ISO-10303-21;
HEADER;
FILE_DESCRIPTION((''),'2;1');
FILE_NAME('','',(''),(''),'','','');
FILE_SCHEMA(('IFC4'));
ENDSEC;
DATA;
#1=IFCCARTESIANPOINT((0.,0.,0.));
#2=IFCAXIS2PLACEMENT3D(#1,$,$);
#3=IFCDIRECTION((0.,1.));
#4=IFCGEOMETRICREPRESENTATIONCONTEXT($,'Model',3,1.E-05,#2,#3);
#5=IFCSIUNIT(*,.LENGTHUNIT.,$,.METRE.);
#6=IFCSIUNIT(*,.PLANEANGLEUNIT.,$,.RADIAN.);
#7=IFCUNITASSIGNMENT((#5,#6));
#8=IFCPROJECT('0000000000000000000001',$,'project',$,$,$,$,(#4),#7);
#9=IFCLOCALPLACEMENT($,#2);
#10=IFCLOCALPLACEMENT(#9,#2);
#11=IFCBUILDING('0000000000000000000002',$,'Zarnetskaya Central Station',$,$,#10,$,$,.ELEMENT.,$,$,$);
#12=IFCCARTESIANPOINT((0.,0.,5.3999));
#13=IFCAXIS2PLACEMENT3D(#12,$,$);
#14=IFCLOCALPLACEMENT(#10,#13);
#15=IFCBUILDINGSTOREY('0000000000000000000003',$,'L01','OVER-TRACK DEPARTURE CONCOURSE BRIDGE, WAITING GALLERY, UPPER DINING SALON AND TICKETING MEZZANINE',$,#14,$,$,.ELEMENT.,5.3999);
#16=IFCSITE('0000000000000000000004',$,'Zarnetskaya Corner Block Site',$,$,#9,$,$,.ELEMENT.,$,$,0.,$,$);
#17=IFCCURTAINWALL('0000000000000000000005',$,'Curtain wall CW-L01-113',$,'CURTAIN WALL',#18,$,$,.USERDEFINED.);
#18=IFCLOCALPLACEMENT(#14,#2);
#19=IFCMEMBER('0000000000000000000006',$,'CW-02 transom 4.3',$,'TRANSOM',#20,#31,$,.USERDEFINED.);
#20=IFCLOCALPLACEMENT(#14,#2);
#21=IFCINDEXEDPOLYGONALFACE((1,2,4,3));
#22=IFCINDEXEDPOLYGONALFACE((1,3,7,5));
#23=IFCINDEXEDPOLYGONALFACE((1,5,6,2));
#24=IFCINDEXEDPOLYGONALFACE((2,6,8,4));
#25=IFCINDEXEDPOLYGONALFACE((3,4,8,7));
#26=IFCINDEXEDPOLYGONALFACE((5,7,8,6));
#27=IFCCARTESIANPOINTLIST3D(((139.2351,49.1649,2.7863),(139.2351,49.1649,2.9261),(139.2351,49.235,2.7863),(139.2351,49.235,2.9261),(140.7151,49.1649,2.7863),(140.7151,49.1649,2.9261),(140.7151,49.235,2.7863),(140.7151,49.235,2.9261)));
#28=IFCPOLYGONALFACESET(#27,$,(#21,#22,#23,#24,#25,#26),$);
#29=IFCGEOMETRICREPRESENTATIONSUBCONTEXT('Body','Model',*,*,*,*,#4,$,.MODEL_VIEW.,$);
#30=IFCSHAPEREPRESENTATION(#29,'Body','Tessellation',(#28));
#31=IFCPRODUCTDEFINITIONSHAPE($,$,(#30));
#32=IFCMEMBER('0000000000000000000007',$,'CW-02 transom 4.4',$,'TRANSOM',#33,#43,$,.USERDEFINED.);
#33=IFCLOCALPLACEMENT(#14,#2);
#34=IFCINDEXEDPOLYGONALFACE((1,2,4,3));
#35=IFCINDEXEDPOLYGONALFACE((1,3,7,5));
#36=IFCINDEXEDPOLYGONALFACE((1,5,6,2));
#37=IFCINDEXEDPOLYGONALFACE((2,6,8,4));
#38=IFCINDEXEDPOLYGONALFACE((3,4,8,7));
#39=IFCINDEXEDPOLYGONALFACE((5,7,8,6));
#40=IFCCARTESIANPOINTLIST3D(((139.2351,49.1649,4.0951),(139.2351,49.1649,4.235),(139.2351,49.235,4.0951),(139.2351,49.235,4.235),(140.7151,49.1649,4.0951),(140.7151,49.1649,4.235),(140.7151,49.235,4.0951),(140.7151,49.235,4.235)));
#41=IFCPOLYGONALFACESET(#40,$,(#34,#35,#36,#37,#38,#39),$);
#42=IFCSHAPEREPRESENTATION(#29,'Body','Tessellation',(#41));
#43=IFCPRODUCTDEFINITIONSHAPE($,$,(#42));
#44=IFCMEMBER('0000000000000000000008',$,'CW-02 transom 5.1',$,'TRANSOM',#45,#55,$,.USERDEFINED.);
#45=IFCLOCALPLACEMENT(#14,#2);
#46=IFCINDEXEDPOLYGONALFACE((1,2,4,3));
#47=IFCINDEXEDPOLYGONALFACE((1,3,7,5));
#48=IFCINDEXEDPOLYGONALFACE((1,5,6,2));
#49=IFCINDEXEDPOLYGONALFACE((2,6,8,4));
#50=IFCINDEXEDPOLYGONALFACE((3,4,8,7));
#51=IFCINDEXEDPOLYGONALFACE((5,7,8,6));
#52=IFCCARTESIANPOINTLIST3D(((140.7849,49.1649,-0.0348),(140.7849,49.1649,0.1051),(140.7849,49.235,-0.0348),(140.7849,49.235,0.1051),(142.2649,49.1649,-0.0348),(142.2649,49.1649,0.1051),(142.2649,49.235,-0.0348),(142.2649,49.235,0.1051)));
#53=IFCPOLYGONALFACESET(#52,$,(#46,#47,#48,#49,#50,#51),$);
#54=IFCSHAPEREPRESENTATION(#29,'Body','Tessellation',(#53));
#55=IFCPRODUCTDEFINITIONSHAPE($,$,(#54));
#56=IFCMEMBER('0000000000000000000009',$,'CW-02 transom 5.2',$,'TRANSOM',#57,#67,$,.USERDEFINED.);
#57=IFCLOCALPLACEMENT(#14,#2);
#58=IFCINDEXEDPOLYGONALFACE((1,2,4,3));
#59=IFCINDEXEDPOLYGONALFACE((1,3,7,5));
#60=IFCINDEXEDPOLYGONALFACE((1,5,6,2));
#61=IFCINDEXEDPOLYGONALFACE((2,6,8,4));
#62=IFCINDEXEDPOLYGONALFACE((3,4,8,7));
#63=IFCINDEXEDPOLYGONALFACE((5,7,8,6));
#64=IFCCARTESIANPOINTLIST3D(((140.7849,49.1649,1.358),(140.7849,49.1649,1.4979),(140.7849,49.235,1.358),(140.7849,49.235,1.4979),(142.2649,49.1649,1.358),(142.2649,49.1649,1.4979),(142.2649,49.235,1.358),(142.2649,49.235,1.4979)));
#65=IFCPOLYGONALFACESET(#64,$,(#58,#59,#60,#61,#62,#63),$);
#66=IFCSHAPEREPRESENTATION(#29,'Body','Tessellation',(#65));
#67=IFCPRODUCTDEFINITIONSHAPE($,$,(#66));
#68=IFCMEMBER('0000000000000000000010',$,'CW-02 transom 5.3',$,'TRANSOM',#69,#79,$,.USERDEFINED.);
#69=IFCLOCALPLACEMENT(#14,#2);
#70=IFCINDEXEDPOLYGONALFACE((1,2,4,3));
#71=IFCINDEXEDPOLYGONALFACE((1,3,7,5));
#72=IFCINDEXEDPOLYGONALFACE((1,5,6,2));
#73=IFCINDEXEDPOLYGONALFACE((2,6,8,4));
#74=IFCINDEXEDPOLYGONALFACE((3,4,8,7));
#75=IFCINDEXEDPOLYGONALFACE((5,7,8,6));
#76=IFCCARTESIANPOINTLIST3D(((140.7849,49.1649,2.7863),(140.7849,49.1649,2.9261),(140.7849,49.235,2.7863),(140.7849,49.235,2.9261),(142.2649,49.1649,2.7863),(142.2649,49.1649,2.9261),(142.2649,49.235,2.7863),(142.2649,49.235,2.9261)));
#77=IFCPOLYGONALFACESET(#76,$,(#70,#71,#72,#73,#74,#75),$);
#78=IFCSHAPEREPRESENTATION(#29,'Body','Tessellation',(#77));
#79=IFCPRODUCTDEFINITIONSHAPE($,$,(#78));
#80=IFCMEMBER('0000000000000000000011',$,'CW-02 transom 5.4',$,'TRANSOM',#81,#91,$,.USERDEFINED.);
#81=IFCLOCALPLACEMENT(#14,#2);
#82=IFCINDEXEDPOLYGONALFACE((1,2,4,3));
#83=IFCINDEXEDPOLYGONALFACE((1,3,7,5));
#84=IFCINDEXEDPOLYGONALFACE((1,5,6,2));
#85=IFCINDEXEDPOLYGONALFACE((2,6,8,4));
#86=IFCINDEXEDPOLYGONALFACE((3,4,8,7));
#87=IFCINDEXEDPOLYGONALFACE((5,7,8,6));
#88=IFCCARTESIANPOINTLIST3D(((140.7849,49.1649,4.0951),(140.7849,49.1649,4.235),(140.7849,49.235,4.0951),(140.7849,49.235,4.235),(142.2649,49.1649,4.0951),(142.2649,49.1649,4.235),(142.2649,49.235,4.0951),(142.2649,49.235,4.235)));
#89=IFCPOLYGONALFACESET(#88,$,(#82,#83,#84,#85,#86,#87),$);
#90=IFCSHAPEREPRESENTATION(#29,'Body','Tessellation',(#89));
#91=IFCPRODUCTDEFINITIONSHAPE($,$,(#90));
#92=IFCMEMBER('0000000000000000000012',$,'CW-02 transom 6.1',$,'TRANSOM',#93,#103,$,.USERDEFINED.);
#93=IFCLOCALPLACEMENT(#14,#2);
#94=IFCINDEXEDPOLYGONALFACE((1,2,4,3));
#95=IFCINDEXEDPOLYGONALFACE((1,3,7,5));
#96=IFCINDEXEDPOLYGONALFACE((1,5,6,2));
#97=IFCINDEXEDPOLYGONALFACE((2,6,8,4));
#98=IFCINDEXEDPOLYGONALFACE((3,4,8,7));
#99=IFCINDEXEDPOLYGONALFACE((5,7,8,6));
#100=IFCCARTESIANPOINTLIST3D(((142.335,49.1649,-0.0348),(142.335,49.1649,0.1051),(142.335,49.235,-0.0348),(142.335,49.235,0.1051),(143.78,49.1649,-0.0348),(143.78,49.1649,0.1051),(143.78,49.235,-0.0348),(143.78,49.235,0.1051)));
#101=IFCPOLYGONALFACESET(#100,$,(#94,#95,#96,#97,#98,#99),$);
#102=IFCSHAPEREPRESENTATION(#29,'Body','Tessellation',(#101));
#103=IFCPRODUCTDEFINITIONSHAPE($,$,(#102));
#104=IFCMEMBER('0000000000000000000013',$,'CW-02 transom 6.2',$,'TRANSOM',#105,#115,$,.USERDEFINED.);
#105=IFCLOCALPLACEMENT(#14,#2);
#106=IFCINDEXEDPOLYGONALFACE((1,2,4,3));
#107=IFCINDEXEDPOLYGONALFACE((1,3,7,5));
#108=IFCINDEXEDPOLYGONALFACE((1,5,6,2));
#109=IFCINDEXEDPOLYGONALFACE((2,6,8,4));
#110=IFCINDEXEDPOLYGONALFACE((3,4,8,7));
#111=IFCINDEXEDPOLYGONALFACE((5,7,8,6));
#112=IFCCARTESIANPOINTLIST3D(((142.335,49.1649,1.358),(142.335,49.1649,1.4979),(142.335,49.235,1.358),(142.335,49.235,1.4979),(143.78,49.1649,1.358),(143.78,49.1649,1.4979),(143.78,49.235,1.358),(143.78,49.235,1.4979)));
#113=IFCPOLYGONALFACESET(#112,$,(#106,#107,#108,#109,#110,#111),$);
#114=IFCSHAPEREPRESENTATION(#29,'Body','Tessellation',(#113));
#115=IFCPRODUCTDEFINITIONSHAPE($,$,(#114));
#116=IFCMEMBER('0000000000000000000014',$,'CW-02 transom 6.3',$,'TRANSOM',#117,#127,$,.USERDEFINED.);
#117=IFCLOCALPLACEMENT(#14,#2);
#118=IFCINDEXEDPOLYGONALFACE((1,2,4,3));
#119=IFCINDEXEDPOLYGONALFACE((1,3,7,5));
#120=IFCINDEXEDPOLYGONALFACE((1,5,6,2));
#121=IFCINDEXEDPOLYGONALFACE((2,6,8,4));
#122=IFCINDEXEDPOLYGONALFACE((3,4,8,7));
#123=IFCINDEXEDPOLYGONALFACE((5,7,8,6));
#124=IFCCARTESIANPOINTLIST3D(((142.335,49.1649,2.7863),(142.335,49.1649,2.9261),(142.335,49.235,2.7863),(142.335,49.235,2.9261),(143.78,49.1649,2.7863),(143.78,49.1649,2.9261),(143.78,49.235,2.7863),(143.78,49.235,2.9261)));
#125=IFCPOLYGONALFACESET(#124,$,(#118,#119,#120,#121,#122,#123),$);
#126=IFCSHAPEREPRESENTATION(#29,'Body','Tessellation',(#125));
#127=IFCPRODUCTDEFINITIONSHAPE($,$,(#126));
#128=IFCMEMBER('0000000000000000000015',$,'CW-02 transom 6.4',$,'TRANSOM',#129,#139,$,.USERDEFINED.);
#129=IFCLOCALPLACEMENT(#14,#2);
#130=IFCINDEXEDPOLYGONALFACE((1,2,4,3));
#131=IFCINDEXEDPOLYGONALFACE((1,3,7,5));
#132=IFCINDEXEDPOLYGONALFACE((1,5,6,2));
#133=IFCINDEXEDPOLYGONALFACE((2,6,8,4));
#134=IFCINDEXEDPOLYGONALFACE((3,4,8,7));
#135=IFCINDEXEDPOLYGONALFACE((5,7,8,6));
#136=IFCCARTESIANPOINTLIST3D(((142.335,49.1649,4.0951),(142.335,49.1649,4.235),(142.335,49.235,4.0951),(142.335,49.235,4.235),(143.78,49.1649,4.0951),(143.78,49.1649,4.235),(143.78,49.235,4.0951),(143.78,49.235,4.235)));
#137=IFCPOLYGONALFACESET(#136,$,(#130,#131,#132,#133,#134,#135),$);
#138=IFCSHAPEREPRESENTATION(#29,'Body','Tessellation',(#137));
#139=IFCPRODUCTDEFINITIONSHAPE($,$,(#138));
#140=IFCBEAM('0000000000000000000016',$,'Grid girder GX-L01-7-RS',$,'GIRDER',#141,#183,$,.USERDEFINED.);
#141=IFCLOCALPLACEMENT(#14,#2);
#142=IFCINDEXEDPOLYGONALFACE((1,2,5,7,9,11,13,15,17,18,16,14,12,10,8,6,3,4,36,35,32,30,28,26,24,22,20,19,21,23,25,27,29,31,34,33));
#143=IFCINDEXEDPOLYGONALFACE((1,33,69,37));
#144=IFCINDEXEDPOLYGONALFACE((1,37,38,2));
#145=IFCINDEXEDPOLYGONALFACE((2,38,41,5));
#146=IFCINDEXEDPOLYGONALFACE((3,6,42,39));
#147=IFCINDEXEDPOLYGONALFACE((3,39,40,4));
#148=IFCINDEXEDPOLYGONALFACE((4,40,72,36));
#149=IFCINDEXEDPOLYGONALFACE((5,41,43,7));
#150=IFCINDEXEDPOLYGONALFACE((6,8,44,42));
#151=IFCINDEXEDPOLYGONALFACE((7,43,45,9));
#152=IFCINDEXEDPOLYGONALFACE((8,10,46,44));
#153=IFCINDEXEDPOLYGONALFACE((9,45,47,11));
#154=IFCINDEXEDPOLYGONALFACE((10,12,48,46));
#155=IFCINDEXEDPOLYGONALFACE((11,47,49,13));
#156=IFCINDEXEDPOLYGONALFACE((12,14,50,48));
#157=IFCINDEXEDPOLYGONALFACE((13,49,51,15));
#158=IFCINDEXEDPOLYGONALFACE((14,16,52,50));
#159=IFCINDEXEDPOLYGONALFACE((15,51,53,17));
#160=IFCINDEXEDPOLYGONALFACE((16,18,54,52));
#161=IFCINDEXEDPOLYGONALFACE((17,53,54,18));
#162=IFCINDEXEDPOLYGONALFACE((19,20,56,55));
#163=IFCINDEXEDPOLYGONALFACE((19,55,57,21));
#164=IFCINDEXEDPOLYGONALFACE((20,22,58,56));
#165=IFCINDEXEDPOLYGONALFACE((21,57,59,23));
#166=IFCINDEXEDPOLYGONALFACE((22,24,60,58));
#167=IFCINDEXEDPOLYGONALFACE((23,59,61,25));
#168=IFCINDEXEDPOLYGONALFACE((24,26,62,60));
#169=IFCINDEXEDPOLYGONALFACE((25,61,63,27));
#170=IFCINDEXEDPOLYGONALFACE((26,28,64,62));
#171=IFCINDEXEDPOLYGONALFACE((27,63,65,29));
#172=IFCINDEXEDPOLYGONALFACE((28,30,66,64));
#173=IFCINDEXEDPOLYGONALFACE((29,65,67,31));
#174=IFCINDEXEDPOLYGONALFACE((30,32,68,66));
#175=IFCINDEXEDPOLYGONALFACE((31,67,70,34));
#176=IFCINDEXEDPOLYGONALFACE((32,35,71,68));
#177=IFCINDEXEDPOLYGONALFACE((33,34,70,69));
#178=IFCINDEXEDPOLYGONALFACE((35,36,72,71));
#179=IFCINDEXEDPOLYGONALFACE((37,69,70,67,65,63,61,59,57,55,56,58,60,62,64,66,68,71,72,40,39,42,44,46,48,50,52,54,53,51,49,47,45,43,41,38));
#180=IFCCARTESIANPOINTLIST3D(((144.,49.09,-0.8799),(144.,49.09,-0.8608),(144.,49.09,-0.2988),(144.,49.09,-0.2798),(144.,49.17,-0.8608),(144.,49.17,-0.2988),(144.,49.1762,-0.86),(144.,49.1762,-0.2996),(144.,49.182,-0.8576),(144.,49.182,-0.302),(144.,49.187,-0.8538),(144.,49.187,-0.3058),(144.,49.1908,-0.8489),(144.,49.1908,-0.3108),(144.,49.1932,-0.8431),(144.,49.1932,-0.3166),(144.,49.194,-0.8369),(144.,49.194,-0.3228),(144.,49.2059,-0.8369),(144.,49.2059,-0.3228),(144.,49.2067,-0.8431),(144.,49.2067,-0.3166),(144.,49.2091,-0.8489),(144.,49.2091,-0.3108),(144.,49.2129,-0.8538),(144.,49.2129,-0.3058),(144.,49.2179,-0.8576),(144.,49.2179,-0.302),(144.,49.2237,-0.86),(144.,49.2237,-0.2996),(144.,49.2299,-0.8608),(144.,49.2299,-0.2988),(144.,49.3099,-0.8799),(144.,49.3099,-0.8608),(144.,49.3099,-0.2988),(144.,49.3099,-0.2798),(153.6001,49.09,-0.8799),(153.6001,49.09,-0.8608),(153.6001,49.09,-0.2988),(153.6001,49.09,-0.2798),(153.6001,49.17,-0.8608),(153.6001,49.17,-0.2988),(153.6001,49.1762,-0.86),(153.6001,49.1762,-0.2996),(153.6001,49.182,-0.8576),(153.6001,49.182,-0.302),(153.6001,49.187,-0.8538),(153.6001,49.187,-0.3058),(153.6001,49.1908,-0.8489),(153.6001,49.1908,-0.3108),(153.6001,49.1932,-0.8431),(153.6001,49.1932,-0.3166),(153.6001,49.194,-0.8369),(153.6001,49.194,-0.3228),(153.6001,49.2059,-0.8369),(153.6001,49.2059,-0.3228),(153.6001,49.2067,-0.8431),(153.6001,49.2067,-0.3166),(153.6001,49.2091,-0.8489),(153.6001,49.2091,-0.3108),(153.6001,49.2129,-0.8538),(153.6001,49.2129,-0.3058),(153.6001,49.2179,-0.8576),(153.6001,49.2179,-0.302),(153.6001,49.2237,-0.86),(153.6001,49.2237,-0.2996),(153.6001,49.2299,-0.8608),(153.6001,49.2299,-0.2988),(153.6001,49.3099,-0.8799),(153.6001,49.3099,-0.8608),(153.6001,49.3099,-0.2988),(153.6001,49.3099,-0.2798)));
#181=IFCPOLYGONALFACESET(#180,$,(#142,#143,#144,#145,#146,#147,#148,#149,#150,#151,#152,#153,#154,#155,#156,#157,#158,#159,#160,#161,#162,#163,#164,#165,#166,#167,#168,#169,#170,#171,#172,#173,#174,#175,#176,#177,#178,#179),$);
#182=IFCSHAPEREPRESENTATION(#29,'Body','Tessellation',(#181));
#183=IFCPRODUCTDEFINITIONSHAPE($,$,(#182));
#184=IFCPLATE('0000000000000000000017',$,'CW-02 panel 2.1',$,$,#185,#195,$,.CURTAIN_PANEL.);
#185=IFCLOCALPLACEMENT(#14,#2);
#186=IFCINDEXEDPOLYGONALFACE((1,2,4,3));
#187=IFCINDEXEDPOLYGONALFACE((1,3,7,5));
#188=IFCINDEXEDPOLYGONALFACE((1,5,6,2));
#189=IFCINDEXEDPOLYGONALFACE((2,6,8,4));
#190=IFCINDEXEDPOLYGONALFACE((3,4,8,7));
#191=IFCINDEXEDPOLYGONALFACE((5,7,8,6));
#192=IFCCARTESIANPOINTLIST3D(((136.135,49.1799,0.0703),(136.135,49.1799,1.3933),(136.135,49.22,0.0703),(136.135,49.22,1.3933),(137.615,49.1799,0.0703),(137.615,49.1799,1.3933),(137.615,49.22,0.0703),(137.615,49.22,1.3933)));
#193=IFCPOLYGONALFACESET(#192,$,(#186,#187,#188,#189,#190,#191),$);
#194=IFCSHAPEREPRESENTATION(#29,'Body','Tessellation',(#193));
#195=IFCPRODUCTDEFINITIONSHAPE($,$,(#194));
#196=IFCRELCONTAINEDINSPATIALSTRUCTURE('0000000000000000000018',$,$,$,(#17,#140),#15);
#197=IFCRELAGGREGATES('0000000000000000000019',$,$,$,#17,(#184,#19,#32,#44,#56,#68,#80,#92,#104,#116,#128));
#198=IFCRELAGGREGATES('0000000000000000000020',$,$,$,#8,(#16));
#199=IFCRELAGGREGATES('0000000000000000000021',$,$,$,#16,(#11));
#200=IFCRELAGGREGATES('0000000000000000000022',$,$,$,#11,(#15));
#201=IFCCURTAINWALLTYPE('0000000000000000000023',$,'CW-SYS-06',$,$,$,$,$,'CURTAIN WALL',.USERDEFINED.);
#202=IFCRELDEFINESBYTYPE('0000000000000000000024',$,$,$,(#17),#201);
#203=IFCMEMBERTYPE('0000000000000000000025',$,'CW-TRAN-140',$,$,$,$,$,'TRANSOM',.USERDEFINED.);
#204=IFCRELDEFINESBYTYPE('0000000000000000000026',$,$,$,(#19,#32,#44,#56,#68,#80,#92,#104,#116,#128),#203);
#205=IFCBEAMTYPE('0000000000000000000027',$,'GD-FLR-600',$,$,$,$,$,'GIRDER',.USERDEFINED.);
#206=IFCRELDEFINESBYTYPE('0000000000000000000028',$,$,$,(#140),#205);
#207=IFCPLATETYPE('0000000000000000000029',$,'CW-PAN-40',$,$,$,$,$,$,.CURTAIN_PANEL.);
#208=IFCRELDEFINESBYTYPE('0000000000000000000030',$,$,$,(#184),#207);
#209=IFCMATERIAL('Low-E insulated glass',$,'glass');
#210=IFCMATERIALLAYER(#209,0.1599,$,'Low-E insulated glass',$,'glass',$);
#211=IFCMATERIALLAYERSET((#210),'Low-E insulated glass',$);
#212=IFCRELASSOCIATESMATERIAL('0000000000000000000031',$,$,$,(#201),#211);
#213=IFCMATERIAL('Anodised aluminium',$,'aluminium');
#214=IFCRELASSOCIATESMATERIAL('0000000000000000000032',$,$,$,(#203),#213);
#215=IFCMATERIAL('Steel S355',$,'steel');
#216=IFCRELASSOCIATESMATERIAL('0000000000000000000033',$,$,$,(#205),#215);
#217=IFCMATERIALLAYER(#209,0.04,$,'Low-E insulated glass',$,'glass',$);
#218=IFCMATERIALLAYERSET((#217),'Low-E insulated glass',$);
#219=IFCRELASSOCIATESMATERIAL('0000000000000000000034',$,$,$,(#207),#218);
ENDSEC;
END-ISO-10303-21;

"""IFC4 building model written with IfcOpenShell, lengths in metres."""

from ifc_helpers import new_model, si_unit, direction, frame, origin, origin_2d, place, context, subcontext, project, spatial, rectangle, i_section, extrude, material, layer, layer_set, material_profile, profile_set, type_object, element, aggregate, save


model = new_model("IFC4")

# Units and contexts
model_context = context("Model", 3, precision=1e-05, world=origin(), true_north=direction((0.0, 1.0)))
body_context = subcontext(model_context, "Body", "Model", "MODEL_VIEW")
ifc_project = project(units=[si_unit("LENGTHUNIT", "METRE"), si_unit("PLANEANGLEUNIT", "RADIAN")], contexts=[model_context])

# Site, building, storey
site_placement = place(None, origin())
site = spatial("IfcSite", under=ifc_project, at=site_placement, Name="Zarnetskaya Corner Block Site", CompositionType="ELEMENT", RefElevation=0.0)
building_placement = place(site_placement, origin())
building = spatial("IfcBuilding", under=site, at=building_placement, Name="Zarnetskaya Central Station", CompositionType="ELEMENT")
storey_placement = place(building_placement, frame((0.0, 0.0, 5.3999)))
storey = spatial("IfcBuildingStorey", under=building, at=storey_placement, Name="L01", Description="OVER-TRACK DEPARTURE CONCOURSE BRIDGE, WAITING GALLERY, UPPER DINING SALON AND TICKETING MEZZANINE", CompositionType="ELEMENT", Elevation=5.3999)

# Shared definitions
ifc_material_1 = material(Name="Steel S355", Category="steel")

# Curtain wall, members
ifc_material_2 = material(Name="Low-E insulated glass", Category="glass")
ifc_layer_1 = layer(ifc_material_2, 0.1599, Name="Low-E insulated glass", Category="glass")
ifc_layer_set_1 = layer_set([ifc_layer_1], Name="Low-E insulated glass")
curtain_wall_type = type_object("IfcCurtainWallType", Name="CW-SYS-06", ElementType="CURTAIN WALL", PredefinedType="USERDEFINED", material=ifc_layer_set_1)
curtain_wall_placement = place(storey_placement, origin())
curtain_wall = element("IfcCurtainWall", 1, at=curtain_wall_placement, inside=storey, type_object=curtain_wall_type, Name="Curtain wall CW-L01-113", ObjectType="CURTAIN WALL", PredefinedType="USERDEFINED")
ifc_material_3 = material(Name="Anodised aluminium", Category="aluminium")
ifc_material_profile_1 = material_profile(ifc_material_3, rectangle(XDim=0.0701, YDim=0.1399, at=origin_2d()), Name="ALU TRAN 70x140")
ifc_profile_set_1 = profile_set([ifc_material_profile_1], Name="Anodised aluminium")
member_type_1 = type_object("IfcMemberType", Name="CW-TRAN-140", ElementType="TRANSOM", PredefinedType="USERDEFINED", material=ifc_profile_set_1)
member_1_placement = place(storey_placement, frame((139.2351, 49.2, 2.8562), z_axis=(1.0, 0.0, 0.0), x_axis=(0.0, 1.0, 0.0)))
member_1 = element("IfcMember", 2, at=member_1_placement, type_object=member_type_1, Name="CW-02 transom 4.3", ObjectType="TRANSOM", PredefinedType="USERDEFINED", context=body_context, shape_type="SweptSolid", body=[
    extrude(rectangle(XDim=0.0701, YDim=0.1399, at=origin_2d()), origin(), (0.0, 0.0, 1.0), 1.48),
])
member_2_placement = place(storey_placement, frame((139.2351, 49.2, 4.165), z_axis=(1.0, 0.0, 0.0), x_axis=(0.0, 1.0, 0.0)))
member_2 = element("IfcMember", 3, at=member_2_placement, type_object=member_type_1, Name="CW-02 transom 4.4", ObjectType="TRANSOM", PredefinedType="USERDEFINED", context=body_context, shape_type="SweptSolid", body=[
    extrude(rectangle(XDim=0.0701, YDim=0.1399, at=origin_2d()), origin(), (0.0, 0.0, 1.0), 1.48),
])
member_3_placement = place(storey_placement, frame((140.7849, 49.2, 0.0352), z_axis=(1.0, 0.0, 0.0), x_axis=(0.0, 1.0, 0.0)))
member_3 = element("IfcMember", 4, at=member_3_placement, type_object=member_type_1, Name="CW-02 transom 5.1", ObjectType="TRANSOM", PredefinedType="USERDEFINED", context=body_context, shape_type="SweptSolid", body=[
    extrude(rectangle(XDim=0.0701, YDim=0.1399, at=origin_2d()), origin(), (0.0, 0.0, 1.0), 1.48),
])
member_4_placement = place(storey_placement, frame((140.7849, 49.2, 1.428), z_axis=(1.0, 0.0, 0.0), x_axis=(0.0, 1.0, 0.0)))
member_4 = element("IfcMember", 5, at=member_4_placement, type_object=member_type_1, Name="CW-02 transom 5.2", ObjectType="TRANSOM", PredefinedType="USERDEFINED", context=body_context, shape_type="SweptSolid", body=[
    extrude(rectangle(XDim=0.0701, YDim=0.1399, at=origin_2d()), origin(), (0.0, 0.0, 1.0), 1.48),
])
member_5_placement = place(storey_placement, frame((140.7849, 49.2, 2.8562), z_axis=(1.0, 0.0, 0.0), x_axis=(0.0, 1.0, 0.0)))
member_5 = element("IfcMember", 6, at=member_5_placement, type_object=member_type_1, Name="CW-02 transom 5.3", ObjectType="TRANSOM", PredefinedType="USERDEFINED", context=body_context, shape_type="SweptSolid", body=[
    extrude(rectangle(XDim=0.0701, YDim=0.1399, at=origin_2d()), origin(), (0.0, 0.0, 1.0), 1.48),
])
member_6_placement = place(storey_placement, frame((140.7849, 49.2, 4.165), z_axis=(1.0, 0.0, 0.0), x_axis=(0.0, 1.0, 0.0)))
member_6 = element("IfcMember", 7, at=member_6_placement, type_object=member_type_1, Name="CW-02 transom 5.4", ObjectType="TRANSOM", PredefinedType="USERDEFINED", context=body_context, shape_type="SweptSolid", body=[
    extrude(rectangle(XDim=0.0701, YDim=0.1399, at=origin_2d()), origin(), (0.0, 0.0, 1.0), 1.48),
])
member_7_placement = place(storey_placement, frame((142.335, 49.2, 0.0352), z_axis=(1.0, 0.0, 0.0), x_axis=(0.0, 1.0, 0.0)))
member_7 = element("IfcMember", 8, at=member_7_placement, type_object=member_type_1, Name="CW-02 transom 6.1", ObjectType="TRANSOM", PredefinedType="USERDEFINED", context=body_context, shape_type="SweptSolid", body=[
    extrude(rectangle(XDim=0.0701, YDim=0.1399, at=origin_2d()), origin(), (0.0, 0.0, 1.0), 1.4451),
])
member_8_placement = place(storey_placement, frame((142.335, 49.2, 1.428), z_axis=(1.0, 0.0, 0.0), x_axis=(0.0, 1.0, 0.0)))
member_8 = element("IfcMember", 9, at=member_8_placement, type_object=member_type_1, Name="CW-02 transom 6.2", ObjectType="TRANSOM", PredefinedType="USERDEFINED", context=body_context, shape_type="SweptSolid", body=[
    extrude(rectangle(XDim=0.0701, YDim=0.1399, at=origin_2d()), origin(), (0.0, 0.0, 1.0), 1.4451),
])
member_9_placement = place(storey_placement, frame((142.335, 49.2, 2.8562), z_axis=(1.0, 0.0, 0.0), x_axis=(0.0, 1.0, 0.0)))
member_9 = element("IfcMember", 10, at=member_9_placement, type_object=member_type_1, Name="CW-02 transom 6.3", ObjectType="TRANSOM", PredefinedType="USERDEFINED", context=body_context, shape_type="SweptSolid", body=[
    extrude(rectangle(XDim=0.0701, YDim=0.1399, at=origin_2d()), origin(), (0.0, 0.0, 1.0), 1.4451),
])
member_10_placement = place(storey_placement, frame((142.335, 49.2, 4.165), z_axis=(1.0, 0.0, 0.0), x_axis=(0.0, 1.0, 0.0)))
member_10 = element("IfcMember", 11, at=member_10_placement, type_object=member_type_1, Name="CW-02 transom 6.4", ObjectType="TRANSOM", PredefinedType="USERDEFINED", context=body_context, shape_type="SweptSolid", body=[
    extrude(rectangle(XDim=0.0701, YDim=0.1399, at=origin_2d()), origin(), (0.0, 0.0, 1.0), 1.4451),
])

# Beam
ifc_material_profile_2 = material_profile(ifc_material_1, i_section(OverallWidth=0.22, OverallDepth=0.6001, WebThickness=0.012, FlangeThickness=0.019, FilletRadius=0.0239, at=origin_2d()), Name="IPE 600")
ifc_profile_set_2 = profile_set([ifc_material_profile_2], Name="Steel S355")
beam_type = type_object("IfcBeamType", Name="GD-FLR-600", ElementType="GIRDER", PredefinedType="USERDEFINED", material=ifc_profile_set_2)
beam_placement = place(storey_placement, frame((144.0, 49.2, -0.5798), z_axis=(1.0, 0.0, 0.0), x_axis=(0.0, 1.0, 0.0)))
element("IfcBeam", 12, at=beam_placement, inside=storey, type_object=beam_type, Name="Grid girder GX-L01-7-RS", ObjectType="GIRDER", PredefinedType="USERDEFINED", context=body_context, shape_type="SweptSolid", body=[
    extrude(i_section(OverallWidth=0.22, OverallDepth=0.6001, WebThickness=0.012, FlangeThickness=0.019, FilletRadius=0.0239, at=origin_2d()), origin(), (0.0, 0.0, 1.0), 9.6001),
])

# Plate
ifc_layer_2 = layer(ifc_material_2, 0.04, Name="Low-E insulated glass", Category="glass")
ifc_layer_set_2 = layer_set([ifc_layer_2], Name="Low-E insulated glass")
plate_type = type_object("IfcPlateType", Name="CW-PAN-40", PredefinedType="CURTAIN_PANEL", material=ifc_layer_set_2)
plate_1_placement = place(storey_placement, frame((136.875, 49.2, 0.0703), z_axis=(0.0, 0.0, 1.0), x_axis=(1.0, 0.0, 0.0)))
plate_1 = element("IfcPlate", 13, at=plate_1_placement, type_object=plate_type, Name="CW-02 panel 2.1", PredefinedType="CURTAIN_PANEL", context=body_context, shape_type="SweptSolid", body=[
    extrude(rectangle(XDim=1.48, YDim=0.04, at=origin_2d()), origin(), (0.0, 0.0, 1.0), 1.323),
])
aggregate(curtain_wall, [plate_1, member_1, member_2, member_3, member_4, member_5, member_6, member_7, member_8, member_9, member_10])

save(model, "model.ifc")
